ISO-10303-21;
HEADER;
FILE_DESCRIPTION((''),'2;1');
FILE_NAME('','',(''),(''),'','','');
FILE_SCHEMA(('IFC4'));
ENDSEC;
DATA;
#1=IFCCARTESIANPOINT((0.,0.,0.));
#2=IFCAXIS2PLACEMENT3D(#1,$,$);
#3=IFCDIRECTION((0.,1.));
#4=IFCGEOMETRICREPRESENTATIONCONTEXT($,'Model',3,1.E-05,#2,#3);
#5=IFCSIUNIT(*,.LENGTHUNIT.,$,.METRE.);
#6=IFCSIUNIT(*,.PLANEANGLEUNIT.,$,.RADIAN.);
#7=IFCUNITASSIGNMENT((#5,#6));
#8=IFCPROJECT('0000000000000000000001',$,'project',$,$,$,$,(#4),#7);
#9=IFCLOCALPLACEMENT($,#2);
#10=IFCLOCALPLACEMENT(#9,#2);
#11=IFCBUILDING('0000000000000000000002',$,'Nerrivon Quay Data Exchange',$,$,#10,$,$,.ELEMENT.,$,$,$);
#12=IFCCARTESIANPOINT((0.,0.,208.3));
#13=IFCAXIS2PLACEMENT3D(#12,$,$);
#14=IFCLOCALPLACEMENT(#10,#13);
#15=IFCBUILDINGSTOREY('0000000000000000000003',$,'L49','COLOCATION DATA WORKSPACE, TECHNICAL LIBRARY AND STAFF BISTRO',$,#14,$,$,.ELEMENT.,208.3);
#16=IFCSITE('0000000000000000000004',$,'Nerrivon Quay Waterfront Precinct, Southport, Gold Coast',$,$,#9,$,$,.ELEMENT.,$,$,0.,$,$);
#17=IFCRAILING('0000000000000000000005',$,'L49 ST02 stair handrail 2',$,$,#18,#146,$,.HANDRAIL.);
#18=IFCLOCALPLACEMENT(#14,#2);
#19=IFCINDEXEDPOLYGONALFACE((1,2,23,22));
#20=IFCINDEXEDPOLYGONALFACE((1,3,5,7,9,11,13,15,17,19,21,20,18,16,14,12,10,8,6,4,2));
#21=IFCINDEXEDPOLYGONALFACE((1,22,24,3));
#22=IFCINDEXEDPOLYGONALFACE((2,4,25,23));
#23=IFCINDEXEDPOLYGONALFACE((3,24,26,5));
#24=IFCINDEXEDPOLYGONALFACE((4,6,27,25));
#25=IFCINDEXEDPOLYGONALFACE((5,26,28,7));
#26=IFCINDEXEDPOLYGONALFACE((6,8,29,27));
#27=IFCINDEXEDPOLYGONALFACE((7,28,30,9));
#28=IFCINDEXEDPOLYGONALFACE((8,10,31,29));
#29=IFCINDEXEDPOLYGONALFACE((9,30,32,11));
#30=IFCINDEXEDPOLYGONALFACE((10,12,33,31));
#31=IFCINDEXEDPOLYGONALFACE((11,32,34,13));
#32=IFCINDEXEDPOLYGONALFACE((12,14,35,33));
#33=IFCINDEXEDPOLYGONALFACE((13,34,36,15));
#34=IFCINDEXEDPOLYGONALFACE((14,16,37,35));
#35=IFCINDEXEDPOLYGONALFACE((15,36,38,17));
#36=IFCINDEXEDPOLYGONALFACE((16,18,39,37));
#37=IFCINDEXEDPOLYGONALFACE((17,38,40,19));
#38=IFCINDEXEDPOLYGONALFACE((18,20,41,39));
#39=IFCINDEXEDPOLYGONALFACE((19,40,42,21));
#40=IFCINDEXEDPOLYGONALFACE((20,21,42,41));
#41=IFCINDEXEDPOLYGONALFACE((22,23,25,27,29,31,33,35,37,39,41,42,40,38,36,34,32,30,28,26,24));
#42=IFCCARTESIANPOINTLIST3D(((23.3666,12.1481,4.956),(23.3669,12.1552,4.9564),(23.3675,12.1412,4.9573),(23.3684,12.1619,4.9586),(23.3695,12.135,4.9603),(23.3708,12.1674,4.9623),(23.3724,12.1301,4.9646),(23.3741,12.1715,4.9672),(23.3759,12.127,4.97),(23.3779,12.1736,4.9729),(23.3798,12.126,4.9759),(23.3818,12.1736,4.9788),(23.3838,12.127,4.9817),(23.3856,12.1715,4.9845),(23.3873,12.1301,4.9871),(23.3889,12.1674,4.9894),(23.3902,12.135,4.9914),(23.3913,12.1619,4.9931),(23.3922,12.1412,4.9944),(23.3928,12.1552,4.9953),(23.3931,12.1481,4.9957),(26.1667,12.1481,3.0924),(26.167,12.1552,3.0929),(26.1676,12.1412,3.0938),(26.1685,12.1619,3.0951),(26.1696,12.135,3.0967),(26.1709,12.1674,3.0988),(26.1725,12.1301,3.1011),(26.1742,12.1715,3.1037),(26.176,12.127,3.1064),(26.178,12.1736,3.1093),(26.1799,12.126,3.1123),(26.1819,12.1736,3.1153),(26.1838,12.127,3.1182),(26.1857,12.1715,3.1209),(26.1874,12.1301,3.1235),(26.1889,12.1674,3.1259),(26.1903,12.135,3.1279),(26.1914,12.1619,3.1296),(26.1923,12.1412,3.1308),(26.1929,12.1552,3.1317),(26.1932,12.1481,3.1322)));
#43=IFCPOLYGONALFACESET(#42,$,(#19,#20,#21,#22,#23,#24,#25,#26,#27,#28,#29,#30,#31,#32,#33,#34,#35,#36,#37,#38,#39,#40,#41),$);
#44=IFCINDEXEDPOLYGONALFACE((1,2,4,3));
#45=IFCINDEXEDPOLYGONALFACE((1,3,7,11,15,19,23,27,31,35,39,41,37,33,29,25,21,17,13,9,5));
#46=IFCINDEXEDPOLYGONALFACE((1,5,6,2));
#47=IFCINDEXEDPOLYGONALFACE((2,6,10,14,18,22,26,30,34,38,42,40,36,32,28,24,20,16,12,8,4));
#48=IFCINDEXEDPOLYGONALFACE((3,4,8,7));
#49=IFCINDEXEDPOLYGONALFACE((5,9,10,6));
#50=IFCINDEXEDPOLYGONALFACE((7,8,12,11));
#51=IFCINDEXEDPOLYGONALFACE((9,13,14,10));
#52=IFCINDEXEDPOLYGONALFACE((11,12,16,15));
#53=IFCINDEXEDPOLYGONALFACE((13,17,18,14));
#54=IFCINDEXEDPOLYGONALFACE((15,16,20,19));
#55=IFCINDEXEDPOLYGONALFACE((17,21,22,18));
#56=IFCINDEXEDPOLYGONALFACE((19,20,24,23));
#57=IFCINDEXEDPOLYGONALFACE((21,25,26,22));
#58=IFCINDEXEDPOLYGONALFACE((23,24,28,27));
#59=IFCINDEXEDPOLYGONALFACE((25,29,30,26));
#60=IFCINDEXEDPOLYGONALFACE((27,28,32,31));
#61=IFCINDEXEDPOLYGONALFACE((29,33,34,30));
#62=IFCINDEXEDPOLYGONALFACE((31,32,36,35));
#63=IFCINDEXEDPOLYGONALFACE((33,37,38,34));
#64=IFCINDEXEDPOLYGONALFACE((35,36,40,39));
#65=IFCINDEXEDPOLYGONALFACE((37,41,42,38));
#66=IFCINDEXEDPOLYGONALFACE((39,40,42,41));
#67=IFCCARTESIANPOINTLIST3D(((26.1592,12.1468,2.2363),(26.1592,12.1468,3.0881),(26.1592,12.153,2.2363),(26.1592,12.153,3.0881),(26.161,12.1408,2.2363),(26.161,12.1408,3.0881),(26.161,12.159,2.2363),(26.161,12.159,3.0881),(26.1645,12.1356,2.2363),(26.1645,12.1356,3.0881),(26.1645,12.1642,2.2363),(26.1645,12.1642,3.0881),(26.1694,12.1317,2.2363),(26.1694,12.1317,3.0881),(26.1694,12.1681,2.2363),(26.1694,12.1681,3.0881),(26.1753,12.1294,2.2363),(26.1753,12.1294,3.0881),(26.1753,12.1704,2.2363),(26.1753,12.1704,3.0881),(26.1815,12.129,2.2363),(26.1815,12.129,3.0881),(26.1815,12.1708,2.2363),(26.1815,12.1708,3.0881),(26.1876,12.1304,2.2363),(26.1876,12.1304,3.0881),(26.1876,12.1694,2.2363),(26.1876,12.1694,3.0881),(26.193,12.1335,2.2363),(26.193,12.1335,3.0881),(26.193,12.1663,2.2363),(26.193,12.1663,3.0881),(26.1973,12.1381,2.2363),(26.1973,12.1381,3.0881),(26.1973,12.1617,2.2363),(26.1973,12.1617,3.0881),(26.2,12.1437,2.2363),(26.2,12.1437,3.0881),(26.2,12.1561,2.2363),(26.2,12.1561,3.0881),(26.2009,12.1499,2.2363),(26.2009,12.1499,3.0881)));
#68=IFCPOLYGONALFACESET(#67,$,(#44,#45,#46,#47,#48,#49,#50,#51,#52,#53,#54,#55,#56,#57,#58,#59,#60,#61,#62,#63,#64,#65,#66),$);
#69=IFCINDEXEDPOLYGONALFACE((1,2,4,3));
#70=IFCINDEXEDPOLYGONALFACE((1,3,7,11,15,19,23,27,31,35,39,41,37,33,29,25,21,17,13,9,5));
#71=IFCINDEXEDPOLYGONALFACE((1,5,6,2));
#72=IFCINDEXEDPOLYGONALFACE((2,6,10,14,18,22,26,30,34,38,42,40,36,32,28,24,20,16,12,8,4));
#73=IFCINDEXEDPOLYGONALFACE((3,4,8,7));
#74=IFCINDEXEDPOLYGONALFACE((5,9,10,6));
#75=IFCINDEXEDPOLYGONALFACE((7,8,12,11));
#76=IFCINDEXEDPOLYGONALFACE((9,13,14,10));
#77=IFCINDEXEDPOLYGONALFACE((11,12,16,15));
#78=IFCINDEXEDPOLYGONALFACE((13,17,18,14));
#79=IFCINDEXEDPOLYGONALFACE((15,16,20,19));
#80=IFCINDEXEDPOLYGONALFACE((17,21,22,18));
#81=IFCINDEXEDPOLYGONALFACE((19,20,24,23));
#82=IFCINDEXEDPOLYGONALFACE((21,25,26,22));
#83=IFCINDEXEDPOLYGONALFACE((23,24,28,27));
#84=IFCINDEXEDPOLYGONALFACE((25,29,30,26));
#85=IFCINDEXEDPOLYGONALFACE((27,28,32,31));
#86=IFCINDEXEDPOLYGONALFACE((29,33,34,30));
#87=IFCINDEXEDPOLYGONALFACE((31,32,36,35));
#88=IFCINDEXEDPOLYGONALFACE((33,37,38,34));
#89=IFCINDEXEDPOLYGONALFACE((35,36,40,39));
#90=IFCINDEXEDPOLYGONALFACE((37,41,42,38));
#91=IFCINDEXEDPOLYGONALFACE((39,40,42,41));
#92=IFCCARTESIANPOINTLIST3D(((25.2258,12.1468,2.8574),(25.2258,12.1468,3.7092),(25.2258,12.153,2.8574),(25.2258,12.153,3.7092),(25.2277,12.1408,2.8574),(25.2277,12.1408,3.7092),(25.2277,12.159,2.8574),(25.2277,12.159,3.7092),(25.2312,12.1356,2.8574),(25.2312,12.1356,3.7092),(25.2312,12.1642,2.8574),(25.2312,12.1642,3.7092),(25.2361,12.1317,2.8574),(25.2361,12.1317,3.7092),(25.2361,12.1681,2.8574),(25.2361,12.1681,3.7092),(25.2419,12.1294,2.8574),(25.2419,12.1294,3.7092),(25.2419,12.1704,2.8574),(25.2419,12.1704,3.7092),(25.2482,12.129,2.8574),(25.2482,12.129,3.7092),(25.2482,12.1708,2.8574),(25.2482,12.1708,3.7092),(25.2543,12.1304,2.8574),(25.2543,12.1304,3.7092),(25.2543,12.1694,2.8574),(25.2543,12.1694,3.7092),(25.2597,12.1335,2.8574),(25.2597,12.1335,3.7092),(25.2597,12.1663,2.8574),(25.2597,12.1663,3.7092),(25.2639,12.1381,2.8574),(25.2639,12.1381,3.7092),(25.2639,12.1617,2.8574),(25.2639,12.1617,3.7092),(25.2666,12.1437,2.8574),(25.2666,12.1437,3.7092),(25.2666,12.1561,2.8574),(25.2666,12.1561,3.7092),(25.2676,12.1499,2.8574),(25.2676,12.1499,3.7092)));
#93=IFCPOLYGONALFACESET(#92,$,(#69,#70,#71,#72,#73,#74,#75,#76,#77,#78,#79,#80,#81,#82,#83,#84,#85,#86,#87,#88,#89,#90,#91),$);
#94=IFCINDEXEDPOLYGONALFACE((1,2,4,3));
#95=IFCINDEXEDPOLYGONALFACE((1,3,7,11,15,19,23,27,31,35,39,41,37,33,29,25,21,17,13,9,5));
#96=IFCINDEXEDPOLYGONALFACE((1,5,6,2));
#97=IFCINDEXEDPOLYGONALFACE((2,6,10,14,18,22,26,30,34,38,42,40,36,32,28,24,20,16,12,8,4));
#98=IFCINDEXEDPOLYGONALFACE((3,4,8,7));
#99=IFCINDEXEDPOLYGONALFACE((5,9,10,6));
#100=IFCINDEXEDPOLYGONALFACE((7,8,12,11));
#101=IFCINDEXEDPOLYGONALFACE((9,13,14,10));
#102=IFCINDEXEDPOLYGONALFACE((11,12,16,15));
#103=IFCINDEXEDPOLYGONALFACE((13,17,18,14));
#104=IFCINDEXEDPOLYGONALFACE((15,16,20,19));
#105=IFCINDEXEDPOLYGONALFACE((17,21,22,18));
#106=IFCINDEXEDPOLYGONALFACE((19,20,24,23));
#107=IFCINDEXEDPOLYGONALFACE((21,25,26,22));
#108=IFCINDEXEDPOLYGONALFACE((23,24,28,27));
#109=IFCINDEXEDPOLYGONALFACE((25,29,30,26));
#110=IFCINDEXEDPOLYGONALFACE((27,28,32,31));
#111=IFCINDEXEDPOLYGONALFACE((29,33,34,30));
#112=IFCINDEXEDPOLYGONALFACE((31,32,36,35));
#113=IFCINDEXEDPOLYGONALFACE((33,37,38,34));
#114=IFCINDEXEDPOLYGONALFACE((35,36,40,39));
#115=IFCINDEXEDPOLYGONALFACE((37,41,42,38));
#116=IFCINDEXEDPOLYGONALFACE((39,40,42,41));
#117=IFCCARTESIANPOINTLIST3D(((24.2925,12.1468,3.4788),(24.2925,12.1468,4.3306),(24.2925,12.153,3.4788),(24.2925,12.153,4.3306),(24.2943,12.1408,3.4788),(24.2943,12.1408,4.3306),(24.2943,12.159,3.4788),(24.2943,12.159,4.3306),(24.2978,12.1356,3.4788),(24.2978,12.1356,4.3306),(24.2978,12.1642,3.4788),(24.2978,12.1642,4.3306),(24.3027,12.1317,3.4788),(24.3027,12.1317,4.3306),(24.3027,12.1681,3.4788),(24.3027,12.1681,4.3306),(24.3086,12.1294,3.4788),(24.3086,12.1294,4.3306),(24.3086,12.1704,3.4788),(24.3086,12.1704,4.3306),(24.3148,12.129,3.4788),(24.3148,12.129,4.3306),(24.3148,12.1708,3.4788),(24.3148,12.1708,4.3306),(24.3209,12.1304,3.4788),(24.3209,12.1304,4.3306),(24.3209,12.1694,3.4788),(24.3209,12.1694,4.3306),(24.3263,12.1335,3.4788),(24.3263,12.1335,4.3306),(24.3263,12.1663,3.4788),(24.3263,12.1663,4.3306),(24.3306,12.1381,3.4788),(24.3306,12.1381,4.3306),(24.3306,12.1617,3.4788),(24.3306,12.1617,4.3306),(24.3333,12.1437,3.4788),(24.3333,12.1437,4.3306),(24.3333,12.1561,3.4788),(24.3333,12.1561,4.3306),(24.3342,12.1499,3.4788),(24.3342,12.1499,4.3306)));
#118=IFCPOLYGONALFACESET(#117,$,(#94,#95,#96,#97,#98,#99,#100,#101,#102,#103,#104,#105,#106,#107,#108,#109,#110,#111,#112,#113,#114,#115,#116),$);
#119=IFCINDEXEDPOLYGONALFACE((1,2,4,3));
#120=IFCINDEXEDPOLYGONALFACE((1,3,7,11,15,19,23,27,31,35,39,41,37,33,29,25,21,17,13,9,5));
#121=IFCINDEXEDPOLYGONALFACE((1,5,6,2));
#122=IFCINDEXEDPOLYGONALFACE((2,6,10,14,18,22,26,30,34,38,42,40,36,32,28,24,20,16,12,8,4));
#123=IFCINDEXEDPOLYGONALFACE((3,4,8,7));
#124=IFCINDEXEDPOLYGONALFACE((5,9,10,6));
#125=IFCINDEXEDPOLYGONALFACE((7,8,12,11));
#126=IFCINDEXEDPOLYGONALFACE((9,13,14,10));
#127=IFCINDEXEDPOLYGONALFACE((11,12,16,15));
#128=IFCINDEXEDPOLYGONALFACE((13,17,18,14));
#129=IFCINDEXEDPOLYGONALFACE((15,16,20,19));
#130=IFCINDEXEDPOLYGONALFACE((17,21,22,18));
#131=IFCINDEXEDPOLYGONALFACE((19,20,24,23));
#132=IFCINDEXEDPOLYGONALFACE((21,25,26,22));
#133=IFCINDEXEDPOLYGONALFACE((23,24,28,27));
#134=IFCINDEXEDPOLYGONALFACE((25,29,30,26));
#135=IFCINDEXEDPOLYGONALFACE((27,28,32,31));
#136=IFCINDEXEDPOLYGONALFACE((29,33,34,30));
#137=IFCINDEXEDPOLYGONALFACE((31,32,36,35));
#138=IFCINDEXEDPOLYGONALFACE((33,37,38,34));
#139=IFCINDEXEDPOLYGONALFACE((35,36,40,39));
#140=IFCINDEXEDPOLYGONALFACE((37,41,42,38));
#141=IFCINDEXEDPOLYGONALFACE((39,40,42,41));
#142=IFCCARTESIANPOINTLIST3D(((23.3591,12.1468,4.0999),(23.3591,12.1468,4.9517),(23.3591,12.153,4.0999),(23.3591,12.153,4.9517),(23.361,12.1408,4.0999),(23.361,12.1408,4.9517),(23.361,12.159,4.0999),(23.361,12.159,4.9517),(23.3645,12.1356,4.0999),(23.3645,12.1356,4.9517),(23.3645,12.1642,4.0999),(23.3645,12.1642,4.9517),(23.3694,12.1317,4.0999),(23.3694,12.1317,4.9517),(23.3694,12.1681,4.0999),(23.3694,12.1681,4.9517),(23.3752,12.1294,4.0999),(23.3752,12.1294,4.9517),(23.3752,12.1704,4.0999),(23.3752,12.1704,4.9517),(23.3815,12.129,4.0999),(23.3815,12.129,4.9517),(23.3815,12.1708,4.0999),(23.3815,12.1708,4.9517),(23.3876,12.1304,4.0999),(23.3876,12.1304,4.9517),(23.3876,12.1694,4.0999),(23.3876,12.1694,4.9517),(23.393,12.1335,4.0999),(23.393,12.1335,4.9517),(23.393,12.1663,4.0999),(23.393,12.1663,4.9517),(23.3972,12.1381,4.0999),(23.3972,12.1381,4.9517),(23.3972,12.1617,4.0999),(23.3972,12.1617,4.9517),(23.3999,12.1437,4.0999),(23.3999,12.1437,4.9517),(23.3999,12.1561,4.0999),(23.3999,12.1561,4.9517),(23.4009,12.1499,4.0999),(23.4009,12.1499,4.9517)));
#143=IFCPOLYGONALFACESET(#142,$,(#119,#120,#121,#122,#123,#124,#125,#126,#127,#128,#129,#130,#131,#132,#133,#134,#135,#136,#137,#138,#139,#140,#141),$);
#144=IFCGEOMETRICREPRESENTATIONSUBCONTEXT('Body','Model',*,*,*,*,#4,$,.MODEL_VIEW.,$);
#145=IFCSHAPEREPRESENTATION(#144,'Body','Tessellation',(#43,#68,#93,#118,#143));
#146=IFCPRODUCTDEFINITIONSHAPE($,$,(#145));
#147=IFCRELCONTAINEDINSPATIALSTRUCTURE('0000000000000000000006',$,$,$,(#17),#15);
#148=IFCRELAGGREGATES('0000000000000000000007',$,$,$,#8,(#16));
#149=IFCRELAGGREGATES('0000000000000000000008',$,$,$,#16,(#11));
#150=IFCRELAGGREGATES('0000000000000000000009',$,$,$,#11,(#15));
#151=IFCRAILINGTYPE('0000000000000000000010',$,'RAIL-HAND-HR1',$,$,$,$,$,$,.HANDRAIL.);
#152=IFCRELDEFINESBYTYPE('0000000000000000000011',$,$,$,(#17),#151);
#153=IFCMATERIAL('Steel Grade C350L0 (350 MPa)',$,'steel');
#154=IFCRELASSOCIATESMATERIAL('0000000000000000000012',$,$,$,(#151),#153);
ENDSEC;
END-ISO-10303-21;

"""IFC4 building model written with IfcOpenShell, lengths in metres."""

from ifc_helpers import new_model, si_unit, direction, frame, origin, origin_2d, place, context, subcontext, project, spatial, circle, extrude, material, type_object, element, save


model = new_model("IFC4")

# Units and contexts
model_context = context("Model", 3, precision=1e-05, world=origin(), true_north=direction((0.0, 1.0)))
body_context = subcontext(model_context, "Body", "Model", "MODEL_VIEW")
ifc_project = project(units=[si_unit("LENGTHUNIT", "METRE"), si_unit("PLANEANGLEUNIT", "RADIAN")], contexts=[model_context])

# Site, building, storey
site_placement = place(None, origin())
site = spatial("IfcSite", under=ifc_project, at=site_placement, Name="Nerrivon Quay Waterfront Precinct, Southport, Gold Coast", CompositionType="ELEMENT", RefElevation=0.0)
building_placement = place(site_placement, origin())
building = spatial("IfcBuilding", under=site, at=building_placement, Name="Nerrivon Quay Data Exchange", CompositionType="ELEMENT")
storey_placement = place(building_placement, frame((0.0, 0.0, 208.3)))
storey = spatial("IfcBuildingStorey", under=building, at=storey_placement, Name="L49", Description="COLOCATION DATA WORKSPACE, TECHNICAL LIBRARY AND STAFF BISTRO", CompositionType="ELEMENT", Elevation=208.3)

# Shared definitions
ifc_material_1 = material(Name="Steel Grade C350L0 (350 MPa)", Category="steel")

# Railing
railing_type_1 = type_object("IfcRailingType", Name="RAIL-HAND-HR1", PredefinedType="HANDRAIL", material=ifc_material_1)
railing_1_placement = place(storey_placement, frame((26.1799, 12.1499, 2.2363)))
element("IfcRailing", 1, at=railing_1_placement, inside=storey, type_object=railing_type_1, Name="L49 ST02 stair handrail 2", PredefinedType="HANDRAIL", context=body_context, shape_type="SweptSolid", body=[
    extrude(circle(Radius=0.0239, at=origin_2d()), frame((0.0, 0.0, 0.876), z_axis=(-0.832486, 0.0, 0.554047), x_axis=(0.0, -1.0, 0.0)), (0.0, 0.0, 1.0), 3.3635),
    extrude(circle(Radius=0.021, at=origin_2d()), origin(), (0.0, 0.0, 1.0), 0.8518),
    extrude(circle(Radius=0.021, at=origin_2d()), frame((-0.9333, 0.0, 0.6211)), (0.0, 0.0, 1.0), 0.8518),
    extrude(circle(Radius=0.021, at=origin_2d()), frame((-1.8667, 0.0, 1.2424)), (0.0, 0.0, 1.0), 0.8518),
    extrude(circle(Radius=0.021, at=origin_2d()), frame((-2.8, 0.0, 1.8635)), (0.0, 0.0, 1.0), 0.8518),
])

save(model, "model.ifc")
